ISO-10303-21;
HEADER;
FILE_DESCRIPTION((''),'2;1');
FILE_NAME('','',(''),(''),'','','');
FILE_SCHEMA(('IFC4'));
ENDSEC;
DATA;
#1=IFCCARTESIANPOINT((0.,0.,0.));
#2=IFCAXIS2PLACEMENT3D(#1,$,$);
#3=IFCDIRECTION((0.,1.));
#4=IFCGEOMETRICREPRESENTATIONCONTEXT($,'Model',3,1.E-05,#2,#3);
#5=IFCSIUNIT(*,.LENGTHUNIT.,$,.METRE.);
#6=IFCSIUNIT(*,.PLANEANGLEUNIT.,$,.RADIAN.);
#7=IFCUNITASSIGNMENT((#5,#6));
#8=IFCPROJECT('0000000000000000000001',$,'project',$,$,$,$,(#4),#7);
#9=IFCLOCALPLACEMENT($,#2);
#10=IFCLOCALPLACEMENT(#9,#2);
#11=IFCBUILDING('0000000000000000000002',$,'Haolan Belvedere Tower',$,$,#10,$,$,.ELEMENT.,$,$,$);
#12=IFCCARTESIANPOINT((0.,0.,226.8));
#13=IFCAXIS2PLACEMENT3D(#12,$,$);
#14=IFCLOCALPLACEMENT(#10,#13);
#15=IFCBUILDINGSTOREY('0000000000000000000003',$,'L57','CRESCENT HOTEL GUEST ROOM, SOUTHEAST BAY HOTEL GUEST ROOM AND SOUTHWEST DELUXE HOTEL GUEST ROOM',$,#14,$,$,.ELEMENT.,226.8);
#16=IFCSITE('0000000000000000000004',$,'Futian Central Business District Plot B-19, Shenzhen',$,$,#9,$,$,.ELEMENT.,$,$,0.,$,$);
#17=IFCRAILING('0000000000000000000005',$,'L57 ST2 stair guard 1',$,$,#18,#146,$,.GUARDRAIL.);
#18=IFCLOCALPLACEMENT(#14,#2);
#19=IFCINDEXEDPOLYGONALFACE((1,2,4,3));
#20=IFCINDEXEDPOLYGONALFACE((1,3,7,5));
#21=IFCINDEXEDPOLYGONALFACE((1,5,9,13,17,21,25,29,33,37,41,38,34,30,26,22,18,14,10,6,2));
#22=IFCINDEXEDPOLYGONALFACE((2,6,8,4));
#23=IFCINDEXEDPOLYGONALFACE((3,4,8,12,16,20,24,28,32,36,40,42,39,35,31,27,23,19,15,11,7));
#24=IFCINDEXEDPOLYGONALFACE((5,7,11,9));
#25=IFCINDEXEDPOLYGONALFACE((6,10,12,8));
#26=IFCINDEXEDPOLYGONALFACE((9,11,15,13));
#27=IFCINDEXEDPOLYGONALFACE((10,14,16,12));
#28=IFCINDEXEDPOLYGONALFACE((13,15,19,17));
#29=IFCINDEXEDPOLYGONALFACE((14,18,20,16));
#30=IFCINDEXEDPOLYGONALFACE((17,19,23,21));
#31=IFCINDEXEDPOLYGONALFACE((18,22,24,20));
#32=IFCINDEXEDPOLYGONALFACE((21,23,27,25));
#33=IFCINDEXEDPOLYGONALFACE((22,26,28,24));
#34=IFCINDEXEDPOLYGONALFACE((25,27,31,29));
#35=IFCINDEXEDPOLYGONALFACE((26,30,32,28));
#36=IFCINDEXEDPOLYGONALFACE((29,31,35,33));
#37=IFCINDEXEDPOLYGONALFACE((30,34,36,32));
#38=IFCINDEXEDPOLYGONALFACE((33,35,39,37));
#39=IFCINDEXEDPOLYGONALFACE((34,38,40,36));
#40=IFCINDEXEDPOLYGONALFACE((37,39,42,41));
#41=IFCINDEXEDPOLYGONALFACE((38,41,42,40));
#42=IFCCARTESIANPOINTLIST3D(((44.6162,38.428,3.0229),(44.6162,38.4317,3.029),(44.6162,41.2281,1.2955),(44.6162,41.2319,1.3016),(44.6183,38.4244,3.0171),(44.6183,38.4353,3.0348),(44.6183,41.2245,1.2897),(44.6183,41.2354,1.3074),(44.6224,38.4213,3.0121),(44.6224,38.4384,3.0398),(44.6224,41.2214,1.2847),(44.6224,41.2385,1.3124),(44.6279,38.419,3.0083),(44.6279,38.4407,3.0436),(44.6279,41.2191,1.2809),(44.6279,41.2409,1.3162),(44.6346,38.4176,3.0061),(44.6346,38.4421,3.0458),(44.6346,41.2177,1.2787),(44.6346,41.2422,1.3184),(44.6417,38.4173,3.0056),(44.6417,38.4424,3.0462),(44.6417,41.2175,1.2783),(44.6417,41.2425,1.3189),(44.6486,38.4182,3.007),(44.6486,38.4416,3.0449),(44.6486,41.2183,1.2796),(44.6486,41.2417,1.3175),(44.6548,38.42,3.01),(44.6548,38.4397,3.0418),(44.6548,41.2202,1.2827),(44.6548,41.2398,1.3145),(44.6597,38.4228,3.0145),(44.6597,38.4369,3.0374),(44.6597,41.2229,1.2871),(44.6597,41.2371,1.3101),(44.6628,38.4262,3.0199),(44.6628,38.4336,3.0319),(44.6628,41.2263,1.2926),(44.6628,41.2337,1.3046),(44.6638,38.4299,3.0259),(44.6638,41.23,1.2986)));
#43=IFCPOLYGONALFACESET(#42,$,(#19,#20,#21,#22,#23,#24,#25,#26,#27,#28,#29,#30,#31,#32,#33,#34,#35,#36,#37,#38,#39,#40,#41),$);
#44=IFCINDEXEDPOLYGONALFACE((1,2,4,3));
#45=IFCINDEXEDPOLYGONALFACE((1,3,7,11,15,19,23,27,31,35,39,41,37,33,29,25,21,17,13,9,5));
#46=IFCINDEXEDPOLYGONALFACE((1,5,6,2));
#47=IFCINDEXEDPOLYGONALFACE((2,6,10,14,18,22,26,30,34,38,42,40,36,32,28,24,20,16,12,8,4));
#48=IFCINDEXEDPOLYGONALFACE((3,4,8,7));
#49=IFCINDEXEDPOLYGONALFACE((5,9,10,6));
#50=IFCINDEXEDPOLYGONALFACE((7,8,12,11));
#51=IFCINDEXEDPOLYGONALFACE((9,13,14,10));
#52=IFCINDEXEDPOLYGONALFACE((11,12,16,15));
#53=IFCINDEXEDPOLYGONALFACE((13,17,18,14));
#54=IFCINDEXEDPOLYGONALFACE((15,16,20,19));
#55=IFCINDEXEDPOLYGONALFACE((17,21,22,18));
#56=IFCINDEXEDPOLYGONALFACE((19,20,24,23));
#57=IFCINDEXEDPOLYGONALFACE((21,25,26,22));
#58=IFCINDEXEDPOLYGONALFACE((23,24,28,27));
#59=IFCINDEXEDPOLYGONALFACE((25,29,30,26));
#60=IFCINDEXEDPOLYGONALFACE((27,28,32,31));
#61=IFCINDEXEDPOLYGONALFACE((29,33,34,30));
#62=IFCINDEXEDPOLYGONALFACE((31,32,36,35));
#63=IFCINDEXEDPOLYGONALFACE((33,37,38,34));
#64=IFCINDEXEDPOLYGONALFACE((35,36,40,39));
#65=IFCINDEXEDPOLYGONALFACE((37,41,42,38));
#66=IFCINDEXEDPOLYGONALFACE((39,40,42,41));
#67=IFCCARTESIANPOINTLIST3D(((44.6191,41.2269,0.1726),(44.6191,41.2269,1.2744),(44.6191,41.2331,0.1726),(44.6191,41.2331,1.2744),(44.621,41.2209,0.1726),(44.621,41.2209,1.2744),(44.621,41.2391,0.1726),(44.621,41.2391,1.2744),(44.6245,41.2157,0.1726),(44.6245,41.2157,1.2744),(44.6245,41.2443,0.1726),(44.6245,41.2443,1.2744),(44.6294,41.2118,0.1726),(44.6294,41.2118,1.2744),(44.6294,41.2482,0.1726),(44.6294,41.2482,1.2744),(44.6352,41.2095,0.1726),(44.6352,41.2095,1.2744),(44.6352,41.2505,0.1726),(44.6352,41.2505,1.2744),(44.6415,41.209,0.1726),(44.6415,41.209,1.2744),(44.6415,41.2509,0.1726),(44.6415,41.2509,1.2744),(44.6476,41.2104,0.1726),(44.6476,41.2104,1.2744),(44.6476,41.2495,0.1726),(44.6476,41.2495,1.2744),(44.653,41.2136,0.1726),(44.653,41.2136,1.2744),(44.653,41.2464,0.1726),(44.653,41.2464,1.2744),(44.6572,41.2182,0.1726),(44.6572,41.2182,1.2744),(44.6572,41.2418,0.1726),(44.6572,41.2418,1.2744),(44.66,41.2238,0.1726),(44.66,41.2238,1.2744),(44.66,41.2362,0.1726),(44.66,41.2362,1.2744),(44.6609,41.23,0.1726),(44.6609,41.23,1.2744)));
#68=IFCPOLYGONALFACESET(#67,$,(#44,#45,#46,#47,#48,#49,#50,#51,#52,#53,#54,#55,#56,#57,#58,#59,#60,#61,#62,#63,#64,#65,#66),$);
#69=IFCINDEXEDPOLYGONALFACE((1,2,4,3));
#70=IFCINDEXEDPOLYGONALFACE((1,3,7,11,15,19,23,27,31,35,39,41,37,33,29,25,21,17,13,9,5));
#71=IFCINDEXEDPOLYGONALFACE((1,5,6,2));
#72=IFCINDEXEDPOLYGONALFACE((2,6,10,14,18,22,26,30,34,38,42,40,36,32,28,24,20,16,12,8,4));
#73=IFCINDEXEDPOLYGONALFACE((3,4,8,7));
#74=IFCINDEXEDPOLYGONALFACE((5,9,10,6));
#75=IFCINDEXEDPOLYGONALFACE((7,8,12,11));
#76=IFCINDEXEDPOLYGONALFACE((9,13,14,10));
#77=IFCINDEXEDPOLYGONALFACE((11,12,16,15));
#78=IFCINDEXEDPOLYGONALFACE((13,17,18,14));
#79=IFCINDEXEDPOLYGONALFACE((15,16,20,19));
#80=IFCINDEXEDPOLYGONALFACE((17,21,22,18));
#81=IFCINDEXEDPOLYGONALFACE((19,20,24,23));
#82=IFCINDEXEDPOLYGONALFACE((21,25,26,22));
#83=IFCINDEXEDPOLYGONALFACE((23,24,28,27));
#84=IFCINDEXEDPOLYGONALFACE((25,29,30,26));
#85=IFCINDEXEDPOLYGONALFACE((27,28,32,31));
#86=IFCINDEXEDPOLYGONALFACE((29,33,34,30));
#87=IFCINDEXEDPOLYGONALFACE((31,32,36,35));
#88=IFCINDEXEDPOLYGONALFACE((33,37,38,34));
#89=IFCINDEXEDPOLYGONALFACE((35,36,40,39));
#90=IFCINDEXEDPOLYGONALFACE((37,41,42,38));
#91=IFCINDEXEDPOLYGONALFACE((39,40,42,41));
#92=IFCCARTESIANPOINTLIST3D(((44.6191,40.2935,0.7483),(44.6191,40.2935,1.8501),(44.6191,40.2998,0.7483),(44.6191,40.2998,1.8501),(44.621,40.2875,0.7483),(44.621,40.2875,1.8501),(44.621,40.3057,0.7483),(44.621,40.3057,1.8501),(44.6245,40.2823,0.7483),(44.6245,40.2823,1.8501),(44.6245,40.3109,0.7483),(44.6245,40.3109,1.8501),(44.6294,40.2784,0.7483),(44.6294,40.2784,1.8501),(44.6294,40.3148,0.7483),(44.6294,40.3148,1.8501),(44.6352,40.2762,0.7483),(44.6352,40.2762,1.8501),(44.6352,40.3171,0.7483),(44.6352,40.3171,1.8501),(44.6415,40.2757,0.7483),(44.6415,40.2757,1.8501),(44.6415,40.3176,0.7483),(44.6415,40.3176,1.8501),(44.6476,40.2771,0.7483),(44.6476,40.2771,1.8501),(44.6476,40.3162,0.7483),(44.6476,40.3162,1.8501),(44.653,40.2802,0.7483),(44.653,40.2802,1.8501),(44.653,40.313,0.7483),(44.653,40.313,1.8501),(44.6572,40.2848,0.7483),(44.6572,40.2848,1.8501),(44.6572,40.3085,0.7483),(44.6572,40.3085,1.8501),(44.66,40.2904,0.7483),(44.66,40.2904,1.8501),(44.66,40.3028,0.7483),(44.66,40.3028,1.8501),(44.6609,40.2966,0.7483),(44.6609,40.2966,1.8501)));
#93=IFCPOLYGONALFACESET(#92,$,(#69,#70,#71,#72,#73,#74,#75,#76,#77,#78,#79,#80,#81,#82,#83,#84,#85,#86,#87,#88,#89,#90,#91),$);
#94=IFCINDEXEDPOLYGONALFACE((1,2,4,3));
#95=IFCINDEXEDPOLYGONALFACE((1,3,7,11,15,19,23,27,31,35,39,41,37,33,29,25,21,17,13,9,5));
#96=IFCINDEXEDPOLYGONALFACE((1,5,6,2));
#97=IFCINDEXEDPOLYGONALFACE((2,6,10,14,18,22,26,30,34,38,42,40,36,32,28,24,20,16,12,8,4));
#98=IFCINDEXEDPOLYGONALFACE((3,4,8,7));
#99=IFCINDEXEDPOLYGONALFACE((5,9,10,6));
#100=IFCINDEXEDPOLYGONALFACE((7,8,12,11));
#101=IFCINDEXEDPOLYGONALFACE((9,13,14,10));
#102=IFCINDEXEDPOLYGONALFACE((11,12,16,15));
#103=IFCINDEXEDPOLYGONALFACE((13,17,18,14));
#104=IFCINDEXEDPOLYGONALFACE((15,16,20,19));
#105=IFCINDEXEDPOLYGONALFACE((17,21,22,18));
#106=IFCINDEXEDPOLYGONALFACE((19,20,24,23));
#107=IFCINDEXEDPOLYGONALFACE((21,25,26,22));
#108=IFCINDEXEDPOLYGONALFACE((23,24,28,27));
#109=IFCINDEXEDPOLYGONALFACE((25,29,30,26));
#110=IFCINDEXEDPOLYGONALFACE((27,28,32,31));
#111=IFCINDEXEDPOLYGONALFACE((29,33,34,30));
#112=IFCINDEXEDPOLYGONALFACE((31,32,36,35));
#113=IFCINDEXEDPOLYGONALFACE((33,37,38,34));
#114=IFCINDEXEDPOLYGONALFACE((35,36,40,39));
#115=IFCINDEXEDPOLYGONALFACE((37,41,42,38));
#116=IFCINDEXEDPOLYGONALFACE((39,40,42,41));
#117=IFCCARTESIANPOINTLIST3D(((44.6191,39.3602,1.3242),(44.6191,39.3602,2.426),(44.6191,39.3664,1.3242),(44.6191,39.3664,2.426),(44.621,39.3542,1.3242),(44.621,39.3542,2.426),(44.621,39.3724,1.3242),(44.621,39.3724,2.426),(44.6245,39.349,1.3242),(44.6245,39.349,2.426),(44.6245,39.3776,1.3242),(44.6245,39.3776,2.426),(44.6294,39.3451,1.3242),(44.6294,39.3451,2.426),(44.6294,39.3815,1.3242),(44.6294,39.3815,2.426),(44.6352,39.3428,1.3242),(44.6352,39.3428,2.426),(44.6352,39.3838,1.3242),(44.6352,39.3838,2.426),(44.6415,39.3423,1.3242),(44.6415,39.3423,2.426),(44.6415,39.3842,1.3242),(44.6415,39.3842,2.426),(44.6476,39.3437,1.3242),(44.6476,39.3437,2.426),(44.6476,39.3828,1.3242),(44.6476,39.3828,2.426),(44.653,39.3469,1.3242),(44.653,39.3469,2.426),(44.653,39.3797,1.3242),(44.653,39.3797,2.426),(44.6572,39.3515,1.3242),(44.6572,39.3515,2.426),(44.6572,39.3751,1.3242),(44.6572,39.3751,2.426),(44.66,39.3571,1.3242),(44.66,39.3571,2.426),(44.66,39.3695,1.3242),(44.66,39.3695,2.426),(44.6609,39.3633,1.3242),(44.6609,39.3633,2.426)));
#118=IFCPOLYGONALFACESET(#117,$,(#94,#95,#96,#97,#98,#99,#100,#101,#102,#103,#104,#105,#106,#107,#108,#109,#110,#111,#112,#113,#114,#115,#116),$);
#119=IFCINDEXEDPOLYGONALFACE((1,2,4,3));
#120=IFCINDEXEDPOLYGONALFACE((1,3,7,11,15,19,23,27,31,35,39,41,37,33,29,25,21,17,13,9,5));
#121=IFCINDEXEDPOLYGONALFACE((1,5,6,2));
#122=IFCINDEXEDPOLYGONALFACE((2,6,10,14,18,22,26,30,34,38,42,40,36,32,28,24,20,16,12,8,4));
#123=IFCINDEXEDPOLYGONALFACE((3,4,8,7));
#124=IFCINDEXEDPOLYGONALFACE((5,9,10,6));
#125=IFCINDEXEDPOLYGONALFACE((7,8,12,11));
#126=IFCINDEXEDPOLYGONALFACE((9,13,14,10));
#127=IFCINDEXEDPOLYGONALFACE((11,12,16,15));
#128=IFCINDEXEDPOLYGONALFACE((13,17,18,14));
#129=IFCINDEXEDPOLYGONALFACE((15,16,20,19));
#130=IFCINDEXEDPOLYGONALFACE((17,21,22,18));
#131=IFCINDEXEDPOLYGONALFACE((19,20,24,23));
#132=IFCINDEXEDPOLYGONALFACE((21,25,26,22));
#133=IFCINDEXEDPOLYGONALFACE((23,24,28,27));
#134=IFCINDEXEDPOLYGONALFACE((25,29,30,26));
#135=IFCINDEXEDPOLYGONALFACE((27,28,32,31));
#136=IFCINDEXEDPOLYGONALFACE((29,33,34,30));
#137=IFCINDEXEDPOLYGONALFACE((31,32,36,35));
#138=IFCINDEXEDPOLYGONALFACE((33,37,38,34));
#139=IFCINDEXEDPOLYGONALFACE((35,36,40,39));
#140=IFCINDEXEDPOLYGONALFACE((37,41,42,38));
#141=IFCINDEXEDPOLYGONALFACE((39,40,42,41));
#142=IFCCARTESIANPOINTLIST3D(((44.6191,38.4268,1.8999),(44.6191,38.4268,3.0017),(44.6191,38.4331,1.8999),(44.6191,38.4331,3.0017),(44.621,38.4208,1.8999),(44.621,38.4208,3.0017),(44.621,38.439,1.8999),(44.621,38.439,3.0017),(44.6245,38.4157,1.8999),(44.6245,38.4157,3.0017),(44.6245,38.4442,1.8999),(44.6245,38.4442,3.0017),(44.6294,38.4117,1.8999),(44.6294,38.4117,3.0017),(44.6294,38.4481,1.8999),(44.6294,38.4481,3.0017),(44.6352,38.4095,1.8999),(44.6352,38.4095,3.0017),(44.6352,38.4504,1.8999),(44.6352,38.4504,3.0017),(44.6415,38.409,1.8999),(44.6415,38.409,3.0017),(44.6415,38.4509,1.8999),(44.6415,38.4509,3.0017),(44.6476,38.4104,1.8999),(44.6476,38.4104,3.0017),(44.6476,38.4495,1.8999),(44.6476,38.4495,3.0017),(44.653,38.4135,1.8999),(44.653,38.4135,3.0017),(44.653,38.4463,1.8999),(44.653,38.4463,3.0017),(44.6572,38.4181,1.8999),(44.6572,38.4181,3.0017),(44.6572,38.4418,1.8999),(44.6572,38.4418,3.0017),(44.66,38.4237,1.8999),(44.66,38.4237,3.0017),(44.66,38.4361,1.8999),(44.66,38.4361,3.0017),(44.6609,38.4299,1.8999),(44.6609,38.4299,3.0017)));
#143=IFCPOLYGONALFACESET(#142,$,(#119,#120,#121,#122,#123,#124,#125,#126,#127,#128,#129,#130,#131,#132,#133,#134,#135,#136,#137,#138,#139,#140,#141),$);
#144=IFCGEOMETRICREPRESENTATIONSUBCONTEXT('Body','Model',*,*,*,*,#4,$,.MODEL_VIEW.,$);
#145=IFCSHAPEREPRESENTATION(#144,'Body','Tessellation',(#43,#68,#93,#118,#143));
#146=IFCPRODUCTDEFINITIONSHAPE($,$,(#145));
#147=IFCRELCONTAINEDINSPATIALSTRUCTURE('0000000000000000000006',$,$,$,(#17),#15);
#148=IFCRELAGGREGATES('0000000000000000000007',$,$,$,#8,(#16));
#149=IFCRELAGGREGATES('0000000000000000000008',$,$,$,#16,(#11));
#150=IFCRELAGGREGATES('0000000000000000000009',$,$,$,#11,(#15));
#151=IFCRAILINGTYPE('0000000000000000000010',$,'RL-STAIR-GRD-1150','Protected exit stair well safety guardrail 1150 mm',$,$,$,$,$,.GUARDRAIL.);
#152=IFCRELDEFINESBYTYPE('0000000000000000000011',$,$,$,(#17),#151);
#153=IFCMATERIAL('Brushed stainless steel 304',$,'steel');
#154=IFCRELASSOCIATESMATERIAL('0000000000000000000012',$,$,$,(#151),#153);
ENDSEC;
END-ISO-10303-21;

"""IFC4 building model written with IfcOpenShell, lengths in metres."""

from ifc_helpers import new_model, si_unit, direction, frame, origin, origin_2d, place, context, subcontext, project, spatial, circle, extrude, material, type_object, element, save


model = new_model("IFC4")

# Units and contexts
model_context = context("Model", 3, precision=1e-05, world=origin(), true_north=direction((0.0, 1.0)))
body_context = subcontext(model_context, "Body", "Model", "MODEL_VIEW")
ifc_project = project(units=[si_unit("LENGTHUNIT", "METRE"), si_unit("PLANEANGLEUNIT", "RADIAN")], contexts=[model_context])

# Site, building, storey
site_placement = place(None, origin())
site = spatial("IfcSite", under=ifc_project, at=site_placement, Name="Futian Central Business District Plot B-19, Shenzhen", CompositionType="ELEMENT", RefElevation=0.0)
building_placement = place(site_placement, origin())
building = spatial("IfcBuilding", under=site, at=building_placement, Name="Haolan Belvedere Tower", CompositionType="ELEMENT")
storey_placement = place(building_placement, frame((0.0, 0.0, 226.8)))
storey = spatial("IfcBuildingStorey", under=building, at=storey_placement, Name="L57", Description="CRESCENT HOTEL GUEST ROOM, SOUTHEAST BAY HOTEL GUEST ROOM AND SOUTHWEST DELUXE HOTEL GUEST ROOM", CompositionType="ELEMENT", Elevation=226.8)

# Railing
ifc_material_1 = material(Name="Brushed stainless steel 304", Category="steel")
railing_type_1 = type_object("IfcRailingType", Name="RL-STAIR-GRD-1150", Description="Protected exit stair well safety guardrail 1150 mm", PredefinedType="GUARDRAIL", material=ifc_material_1)
railing_1_placement = place(storey_placement, frame((44.6399, 41.23, 0.1726)))
element("IfcRailing", 1, at=railing_1_placement, inside=storey, type_object=railing_type_1, Name="L57 ST2 stair guard 1", PredefinedType="GUARDRAIL", context=body_context, shape_type="SweptSolid", body=[
    extrude(circle(Radius=0.0239, at=origin_2d()), frame((0.0, 0.0, 1.126), z_axis=(0.0, -0.85109, 0.52502), x_axis=(1.0, 0.0, 0.0)), (0.0, 0.0, 1.0), 3.29),
    extrude(circle(Radius=0.021, at=origin_2d()), origin(), (0.0, 0.0, 1.0), 1.1018),
    extrude(circle(Radius=0.021, at=origin_2d()), frame((0.0, -0.9333, 0.5757)), (0.0, 0.0, 1.0), 1.1018),
    extrude(circle(Radius=0.021, at=origin_2d()), frame((0.0, -1.8667, 1.1516)), (0.0, 0.0, 1.0), 1.1018),
    extrude(circle(Radius=0.021, at=origin_2d()), frame((0.0, -2.8, 1.7273)), (0.0, 0.0, 1.0), 1.1018),
])

save(model, "model.ifc")
